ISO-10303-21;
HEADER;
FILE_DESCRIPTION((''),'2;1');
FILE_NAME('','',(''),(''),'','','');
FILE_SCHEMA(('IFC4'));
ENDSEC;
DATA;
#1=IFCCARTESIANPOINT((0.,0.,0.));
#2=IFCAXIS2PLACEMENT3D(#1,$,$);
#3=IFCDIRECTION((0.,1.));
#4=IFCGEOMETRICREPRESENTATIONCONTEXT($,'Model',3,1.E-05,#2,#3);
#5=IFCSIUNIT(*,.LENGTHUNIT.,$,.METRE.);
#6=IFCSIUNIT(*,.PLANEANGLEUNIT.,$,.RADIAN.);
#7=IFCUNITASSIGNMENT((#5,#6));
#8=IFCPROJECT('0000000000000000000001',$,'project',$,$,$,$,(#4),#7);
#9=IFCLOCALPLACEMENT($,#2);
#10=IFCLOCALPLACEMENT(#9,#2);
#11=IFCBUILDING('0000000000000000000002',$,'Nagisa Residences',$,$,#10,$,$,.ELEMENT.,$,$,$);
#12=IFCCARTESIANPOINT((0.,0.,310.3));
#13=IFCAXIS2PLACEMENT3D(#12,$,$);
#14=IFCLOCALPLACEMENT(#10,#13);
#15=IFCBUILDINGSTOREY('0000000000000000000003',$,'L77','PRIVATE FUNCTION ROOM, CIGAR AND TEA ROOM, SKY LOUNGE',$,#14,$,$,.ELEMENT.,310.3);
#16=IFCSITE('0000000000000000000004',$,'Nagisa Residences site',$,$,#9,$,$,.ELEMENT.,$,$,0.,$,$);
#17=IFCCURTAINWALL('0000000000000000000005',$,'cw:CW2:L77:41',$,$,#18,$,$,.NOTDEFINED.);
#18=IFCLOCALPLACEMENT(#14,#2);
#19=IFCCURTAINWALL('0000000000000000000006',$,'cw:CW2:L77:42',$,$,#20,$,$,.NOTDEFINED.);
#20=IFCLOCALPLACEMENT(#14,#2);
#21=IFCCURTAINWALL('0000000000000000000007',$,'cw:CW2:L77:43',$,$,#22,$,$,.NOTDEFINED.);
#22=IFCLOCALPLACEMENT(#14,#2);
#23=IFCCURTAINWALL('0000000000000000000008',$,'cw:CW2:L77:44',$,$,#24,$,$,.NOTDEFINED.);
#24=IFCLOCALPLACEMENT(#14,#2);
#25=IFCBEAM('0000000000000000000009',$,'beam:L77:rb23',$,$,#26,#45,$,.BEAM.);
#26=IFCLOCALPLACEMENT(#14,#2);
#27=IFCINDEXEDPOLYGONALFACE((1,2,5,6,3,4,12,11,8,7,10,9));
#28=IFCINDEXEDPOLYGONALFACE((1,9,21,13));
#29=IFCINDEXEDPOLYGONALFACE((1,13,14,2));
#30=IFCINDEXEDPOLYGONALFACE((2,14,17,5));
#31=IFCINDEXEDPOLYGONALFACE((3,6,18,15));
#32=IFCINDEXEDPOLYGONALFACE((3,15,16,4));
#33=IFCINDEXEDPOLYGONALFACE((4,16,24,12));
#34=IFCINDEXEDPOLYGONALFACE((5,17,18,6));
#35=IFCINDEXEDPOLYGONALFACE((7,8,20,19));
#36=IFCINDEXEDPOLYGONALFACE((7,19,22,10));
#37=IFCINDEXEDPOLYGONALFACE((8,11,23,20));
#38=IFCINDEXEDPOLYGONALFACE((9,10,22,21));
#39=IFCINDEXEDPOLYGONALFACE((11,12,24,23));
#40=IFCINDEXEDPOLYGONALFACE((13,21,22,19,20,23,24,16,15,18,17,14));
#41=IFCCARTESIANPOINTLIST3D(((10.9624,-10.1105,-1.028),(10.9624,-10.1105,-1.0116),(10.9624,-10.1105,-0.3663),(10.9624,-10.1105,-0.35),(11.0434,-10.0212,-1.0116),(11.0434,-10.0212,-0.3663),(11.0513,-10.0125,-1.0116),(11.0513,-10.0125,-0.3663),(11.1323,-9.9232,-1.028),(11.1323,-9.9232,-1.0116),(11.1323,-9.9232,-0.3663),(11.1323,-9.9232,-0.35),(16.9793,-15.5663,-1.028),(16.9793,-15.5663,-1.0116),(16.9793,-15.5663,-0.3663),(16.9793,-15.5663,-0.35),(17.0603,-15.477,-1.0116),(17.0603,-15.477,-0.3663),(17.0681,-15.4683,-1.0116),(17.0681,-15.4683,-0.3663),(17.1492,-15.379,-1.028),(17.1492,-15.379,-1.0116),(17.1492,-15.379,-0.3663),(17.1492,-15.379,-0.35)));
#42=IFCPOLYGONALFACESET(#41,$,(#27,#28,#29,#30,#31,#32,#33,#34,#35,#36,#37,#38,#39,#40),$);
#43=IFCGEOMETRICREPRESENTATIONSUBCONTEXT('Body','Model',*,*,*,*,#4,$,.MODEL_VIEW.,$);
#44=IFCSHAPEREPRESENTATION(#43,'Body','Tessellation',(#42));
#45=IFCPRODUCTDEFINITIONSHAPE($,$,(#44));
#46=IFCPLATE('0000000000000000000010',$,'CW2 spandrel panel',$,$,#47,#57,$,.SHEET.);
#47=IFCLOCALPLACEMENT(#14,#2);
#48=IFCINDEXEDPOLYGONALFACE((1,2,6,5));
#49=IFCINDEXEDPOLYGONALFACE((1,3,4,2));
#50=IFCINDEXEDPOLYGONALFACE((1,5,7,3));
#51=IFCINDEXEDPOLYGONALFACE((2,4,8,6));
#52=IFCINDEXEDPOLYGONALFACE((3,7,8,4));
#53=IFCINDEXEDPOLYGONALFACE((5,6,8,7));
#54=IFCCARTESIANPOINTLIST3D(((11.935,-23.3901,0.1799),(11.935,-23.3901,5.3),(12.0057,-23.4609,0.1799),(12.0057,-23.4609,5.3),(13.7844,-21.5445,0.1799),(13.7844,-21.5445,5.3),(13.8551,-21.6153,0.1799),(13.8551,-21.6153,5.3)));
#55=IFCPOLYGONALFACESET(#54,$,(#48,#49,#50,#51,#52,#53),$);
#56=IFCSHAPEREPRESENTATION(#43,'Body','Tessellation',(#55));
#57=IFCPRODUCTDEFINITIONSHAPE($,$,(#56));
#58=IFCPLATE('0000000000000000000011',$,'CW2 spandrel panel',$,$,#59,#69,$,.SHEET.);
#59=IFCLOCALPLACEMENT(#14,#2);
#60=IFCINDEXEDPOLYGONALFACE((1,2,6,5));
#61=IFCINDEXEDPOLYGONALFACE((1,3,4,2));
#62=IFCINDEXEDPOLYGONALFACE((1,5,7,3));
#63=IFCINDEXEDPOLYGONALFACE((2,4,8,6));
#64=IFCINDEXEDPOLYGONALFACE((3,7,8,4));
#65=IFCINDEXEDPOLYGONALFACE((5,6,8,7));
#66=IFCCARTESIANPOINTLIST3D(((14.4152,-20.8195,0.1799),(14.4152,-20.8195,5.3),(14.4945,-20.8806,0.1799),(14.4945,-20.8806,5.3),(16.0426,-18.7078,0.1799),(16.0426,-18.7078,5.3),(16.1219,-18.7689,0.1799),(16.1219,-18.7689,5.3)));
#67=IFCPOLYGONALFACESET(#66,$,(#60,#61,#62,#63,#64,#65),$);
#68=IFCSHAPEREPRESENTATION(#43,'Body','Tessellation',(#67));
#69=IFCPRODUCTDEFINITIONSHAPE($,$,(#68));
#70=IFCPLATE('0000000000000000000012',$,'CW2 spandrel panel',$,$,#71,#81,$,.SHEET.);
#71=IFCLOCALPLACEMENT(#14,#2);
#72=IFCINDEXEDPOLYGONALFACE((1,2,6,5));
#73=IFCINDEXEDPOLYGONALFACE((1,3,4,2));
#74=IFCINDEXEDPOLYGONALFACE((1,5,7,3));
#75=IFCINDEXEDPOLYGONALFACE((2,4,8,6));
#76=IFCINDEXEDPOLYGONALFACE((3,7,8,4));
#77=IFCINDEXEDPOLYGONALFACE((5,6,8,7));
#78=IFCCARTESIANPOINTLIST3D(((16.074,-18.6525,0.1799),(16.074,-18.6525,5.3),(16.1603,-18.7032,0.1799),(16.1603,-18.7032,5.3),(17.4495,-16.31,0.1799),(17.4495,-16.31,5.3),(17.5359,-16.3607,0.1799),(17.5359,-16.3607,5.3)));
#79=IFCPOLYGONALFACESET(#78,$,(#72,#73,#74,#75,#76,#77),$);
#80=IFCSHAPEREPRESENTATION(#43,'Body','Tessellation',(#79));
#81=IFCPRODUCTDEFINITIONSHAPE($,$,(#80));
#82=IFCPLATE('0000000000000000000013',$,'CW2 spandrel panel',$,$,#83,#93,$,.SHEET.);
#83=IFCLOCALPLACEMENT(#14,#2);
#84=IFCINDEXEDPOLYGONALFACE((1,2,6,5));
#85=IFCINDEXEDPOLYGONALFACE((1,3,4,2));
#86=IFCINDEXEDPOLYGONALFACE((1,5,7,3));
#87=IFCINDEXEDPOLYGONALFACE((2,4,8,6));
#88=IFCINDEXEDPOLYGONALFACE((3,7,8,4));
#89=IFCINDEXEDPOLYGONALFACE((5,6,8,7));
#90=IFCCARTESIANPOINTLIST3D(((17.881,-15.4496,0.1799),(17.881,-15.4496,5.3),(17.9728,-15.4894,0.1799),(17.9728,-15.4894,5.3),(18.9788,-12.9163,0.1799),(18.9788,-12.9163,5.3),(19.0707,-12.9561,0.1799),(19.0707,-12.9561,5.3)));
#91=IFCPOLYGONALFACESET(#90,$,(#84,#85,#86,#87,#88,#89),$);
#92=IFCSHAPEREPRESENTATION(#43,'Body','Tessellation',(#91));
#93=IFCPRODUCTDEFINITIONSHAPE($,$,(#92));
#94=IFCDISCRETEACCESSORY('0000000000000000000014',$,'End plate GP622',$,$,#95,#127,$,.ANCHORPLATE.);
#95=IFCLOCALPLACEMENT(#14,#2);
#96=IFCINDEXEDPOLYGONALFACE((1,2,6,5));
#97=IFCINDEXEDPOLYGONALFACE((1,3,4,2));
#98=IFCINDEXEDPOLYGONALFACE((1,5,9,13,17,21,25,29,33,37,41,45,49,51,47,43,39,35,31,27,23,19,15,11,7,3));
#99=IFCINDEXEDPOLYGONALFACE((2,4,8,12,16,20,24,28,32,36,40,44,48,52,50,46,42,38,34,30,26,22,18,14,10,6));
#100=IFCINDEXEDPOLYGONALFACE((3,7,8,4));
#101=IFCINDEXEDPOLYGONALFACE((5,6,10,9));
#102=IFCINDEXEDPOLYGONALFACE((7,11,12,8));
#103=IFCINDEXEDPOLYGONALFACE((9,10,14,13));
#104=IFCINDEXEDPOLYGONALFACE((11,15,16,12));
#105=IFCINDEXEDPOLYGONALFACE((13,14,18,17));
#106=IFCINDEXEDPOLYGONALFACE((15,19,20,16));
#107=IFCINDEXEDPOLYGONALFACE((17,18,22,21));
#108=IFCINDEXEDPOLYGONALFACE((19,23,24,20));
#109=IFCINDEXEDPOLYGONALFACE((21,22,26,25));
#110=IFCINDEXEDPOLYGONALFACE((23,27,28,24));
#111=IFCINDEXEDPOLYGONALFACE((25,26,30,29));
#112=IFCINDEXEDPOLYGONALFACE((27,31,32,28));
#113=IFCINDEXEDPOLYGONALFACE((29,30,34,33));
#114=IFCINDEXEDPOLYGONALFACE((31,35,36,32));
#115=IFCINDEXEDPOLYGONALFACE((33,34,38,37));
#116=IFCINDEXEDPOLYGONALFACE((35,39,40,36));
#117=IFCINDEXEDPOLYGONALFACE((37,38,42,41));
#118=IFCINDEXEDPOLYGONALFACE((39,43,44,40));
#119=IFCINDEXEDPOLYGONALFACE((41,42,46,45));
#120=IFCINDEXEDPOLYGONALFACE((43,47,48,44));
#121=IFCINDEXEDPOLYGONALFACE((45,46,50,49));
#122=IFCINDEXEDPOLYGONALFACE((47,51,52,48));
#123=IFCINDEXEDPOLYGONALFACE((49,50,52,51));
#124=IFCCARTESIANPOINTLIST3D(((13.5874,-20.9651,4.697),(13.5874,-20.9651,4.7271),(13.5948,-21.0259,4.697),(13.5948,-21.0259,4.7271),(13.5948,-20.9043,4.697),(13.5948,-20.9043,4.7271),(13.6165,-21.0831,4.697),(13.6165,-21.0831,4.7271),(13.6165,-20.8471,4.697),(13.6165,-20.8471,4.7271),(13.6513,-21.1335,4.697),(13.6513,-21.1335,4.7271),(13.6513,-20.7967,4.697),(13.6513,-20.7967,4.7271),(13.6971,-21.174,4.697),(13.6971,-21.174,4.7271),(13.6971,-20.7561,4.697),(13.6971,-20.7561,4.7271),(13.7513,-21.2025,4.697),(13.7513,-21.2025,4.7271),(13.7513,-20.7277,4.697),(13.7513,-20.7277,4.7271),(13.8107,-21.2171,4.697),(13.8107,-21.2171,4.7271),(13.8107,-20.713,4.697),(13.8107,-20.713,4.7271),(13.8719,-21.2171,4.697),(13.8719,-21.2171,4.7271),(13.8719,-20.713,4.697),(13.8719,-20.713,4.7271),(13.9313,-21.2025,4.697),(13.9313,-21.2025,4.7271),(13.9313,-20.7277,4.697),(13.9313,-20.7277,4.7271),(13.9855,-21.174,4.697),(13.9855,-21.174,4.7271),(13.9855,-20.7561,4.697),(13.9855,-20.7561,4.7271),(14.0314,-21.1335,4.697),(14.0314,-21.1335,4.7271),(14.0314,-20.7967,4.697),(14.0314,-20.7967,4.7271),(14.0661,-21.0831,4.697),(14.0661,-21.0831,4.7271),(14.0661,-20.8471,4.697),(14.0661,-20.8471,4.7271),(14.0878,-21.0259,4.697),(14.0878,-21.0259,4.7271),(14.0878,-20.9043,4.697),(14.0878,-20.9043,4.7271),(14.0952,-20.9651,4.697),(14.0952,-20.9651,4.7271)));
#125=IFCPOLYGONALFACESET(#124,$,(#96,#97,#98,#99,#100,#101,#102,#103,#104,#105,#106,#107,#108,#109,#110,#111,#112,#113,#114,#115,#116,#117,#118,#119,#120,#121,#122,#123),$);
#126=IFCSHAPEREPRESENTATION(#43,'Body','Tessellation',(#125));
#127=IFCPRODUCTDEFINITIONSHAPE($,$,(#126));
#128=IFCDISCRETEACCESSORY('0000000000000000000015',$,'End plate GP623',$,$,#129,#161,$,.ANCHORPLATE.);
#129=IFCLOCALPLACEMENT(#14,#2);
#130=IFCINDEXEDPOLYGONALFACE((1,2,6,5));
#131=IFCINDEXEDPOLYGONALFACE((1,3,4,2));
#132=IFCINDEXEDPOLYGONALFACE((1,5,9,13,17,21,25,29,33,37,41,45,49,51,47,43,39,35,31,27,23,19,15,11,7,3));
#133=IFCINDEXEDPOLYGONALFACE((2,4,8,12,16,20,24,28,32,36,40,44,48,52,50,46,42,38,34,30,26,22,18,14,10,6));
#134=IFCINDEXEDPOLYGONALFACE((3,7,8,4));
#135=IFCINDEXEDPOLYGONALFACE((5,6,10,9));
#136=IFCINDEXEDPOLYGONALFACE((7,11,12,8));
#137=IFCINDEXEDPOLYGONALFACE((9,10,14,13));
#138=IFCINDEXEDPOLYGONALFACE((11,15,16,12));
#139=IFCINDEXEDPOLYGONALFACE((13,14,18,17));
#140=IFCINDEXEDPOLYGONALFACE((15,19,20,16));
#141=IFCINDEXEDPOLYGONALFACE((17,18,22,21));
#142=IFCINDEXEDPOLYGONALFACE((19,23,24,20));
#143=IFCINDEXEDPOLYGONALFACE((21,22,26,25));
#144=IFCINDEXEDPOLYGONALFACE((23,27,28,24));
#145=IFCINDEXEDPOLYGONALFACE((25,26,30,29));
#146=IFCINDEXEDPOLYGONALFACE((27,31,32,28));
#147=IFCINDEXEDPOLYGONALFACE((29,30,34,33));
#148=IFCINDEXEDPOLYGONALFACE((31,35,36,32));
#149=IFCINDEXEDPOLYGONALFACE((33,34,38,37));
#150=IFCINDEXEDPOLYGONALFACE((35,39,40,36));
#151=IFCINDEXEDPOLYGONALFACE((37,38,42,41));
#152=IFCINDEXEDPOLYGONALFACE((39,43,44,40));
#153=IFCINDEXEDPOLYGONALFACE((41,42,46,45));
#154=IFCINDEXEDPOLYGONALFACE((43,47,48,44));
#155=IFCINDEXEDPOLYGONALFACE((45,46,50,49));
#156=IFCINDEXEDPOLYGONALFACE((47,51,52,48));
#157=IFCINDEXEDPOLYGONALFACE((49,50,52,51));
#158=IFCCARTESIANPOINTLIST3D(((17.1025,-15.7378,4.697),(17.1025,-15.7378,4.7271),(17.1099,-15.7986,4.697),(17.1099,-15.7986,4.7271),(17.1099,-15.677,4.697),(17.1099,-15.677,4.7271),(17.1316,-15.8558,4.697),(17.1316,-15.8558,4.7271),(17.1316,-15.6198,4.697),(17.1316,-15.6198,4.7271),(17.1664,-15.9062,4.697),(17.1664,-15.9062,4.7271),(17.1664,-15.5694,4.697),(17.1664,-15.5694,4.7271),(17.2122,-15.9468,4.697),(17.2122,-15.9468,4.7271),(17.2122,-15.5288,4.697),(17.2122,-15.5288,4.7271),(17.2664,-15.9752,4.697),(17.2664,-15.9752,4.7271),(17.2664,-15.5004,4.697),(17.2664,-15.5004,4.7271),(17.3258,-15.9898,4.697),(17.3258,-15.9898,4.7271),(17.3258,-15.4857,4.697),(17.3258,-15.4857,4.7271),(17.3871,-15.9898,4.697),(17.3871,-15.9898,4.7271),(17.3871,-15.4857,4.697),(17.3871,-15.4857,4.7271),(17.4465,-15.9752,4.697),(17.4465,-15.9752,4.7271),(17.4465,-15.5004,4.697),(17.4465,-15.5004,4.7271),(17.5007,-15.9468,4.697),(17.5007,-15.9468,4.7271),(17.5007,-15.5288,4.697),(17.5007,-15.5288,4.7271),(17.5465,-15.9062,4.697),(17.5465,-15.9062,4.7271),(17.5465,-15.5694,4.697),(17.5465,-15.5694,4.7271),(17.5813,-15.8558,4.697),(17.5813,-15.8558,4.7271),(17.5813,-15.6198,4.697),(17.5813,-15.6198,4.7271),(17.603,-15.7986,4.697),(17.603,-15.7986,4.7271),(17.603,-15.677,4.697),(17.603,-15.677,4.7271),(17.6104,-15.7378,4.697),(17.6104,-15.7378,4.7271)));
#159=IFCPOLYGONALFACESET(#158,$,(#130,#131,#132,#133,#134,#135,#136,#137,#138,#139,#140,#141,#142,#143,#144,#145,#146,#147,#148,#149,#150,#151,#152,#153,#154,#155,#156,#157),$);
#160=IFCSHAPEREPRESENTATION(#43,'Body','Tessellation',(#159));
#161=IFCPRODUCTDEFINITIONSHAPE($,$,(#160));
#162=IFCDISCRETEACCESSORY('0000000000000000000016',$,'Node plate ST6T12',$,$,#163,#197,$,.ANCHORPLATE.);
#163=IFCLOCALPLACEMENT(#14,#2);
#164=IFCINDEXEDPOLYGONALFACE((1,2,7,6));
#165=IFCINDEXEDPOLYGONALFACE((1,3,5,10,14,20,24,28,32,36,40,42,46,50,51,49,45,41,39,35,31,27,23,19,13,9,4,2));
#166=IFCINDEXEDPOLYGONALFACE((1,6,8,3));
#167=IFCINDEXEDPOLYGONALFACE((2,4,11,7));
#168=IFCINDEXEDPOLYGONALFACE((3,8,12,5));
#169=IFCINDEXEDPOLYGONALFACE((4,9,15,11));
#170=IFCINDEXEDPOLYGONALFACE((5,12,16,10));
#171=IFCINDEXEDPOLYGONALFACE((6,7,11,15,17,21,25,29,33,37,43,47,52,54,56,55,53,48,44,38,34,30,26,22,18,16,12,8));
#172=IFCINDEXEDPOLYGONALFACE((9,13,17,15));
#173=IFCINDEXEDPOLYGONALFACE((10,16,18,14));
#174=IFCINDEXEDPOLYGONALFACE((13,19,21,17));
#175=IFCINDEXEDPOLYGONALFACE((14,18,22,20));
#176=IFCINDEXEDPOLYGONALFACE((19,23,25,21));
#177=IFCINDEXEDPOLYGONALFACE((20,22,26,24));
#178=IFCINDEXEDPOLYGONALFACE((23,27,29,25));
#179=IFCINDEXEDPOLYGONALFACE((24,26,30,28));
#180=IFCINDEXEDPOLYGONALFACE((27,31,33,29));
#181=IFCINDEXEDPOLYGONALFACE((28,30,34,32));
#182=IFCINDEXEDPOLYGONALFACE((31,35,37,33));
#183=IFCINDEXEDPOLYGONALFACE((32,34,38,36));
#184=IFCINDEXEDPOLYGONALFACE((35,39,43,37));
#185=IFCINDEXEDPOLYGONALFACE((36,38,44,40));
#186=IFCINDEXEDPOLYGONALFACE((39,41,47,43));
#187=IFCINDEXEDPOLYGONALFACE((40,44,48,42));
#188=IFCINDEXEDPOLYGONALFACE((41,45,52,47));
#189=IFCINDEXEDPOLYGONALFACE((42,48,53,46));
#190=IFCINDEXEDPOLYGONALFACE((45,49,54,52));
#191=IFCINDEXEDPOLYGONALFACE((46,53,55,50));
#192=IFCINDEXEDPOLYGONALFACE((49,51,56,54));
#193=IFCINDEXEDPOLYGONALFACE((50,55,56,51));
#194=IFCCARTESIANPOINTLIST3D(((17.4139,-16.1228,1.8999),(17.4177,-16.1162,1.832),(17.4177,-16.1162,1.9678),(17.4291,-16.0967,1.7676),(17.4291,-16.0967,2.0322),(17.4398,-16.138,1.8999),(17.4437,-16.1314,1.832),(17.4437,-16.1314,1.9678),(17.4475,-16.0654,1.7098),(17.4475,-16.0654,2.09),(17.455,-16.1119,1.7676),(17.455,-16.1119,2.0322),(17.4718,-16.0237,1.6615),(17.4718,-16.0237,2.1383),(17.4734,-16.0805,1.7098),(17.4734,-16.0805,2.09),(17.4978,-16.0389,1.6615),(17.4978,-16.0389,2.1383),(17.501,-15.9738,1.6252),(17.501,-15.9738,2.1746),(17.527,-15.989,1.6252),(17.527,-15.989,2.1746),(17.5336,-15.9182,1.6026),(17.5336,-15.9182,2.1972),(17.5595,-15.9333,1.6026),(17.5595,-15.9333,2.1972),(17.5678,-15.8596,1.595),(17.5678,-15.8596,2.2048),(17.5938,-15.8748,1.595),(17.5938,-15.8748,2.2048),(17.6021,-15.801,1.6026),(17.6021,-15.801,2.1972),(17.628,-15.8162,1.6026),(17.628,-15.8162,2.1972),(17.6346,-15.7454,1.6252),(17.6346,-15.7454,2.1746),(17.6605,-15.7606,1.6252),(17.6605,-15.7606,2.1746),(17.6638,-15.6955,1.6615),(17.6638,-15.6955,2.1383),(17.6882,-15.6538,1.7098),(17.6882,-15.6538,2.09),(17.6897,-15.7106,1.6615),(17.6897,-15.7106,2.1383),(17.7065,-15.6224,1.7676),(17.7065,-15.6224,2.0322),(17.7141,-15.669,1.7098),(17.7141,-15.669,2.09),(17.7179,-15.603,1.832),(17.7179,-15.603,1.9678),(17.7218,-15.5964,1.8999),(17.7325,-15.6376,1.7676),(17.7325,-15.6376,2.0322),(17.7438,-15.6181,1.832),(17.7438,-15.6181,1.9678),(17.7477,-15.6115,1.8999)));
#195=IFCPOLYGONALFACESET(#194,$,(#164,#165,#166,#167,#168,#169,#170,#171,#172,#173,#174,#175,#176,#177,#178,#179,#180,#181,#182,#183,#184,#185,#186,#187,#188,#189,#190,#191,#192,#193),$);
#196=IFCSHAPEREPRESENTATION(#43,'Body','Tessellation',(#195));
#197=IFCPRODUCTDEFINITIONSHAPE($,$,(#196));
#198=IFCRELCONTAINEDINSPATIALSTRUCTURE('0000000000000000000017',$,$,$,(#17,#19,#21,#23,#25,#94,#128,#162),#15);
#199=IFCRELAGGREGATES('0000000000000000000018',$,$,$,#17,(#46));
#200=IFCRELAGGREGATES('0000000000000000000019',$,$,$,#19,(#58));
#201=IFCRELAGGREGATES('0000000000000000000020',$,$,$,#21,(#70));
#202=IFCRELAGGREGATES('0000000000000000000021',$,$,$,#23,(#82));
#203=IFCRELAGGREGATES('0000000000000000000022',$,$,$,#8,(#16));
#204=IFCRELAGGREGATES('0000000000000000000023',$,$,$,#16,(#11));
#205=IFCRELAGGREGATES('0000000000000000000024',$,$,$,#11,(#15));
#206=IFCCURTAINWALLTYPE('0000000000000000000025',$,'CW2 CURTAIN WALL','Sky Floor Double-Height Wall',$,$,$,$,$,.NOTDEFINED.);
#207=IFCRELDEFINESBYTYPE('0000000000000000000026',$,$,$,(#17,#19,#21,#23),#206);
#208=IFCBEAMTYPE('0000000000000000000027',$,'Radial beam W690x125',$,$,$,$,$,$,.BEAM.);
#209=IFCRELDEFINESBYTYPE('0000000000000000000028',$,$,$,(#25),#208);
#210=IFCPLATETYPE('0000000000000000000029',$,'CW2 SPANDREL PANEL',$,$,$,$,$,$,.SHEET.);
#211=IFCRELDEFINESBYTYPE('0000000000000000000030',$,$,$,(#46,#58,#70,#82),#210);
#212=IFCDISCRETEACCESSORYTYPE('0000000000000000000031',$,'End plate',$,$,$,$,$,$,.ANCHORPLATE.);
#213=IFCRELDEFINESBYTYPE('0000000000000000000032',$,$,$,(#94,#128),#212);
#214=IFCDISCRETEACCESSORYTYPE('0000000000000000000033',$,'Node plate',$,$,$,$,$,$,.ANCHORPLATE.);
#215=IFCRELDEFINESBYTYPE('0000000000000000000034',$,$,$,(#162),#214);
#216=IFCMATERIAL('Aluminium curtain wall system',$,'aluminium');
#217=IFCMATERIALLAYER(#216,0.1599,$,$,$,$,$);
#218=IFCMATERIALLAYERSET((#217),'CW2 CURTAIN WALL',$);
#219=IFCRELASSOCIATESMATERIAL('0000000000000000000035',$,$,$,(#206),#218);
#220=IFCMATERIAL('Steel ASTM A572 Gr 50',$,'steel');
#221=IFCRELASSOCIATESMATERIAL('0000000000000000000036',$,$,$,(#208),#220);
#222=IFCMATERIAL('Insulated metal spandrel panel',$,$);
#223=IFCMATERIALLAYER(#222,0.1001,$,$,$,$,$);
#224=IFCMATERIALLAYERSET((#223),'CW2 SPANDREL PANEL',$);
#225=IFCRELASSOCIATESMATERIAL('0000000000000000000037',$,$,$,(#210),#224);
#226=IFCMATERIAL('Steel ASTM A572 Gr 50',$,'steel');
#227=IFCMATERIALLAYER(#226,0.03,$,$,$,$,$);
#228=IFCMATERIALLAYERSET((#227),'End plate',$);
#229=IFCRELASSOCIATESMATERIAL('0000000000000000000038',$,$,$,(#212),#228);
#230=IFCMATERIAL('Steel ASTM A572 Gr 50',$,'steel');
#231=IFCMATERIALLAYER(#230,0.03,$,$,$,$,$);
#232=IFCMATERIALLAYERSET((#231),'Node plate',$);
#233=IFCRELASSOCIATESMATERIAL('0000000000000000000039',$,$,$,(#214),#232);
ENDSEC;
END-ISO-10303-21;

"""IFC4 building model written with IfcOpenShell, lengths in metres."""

from ifc_helpers import new_model, si_unit, direction, frame, origin, origin_2d, place, context, subcontext, project, spatial, rectangle, circle, i_section, extrude, material, layer, layer_set, material_profile, profile_set, type_object, element, aggregate, save


model = new_model("IFC4")

# Units and contexts
model_context = context("Model", 3, precision=1e-05, world=origin(), true_north=direction((0.0, 1.0)))
body_context = subcontext(model_context, "Body", "Model", "MODEL_VIEW")
ifc_project = project(units=[si_unit("LENGTHUNIT", "METRE"), si_unit("PLANEANGLEUNIT", "RADIAN")], contexts=[model_context])

# Site, building, storey
site_placement = place(None, origin())
site = spatial("IfcSite", under=ifc_project, at=site_placement, Name="Nagisa Residences site", CompositionType="ELEMENT", RefElevation=0.0)
building_placement = place(site_placement, origin())
building = spatial("IfcBuilding", under=site, at=building_placement, Name="Nagisa Residences", CompositionType="ELEMENT")
storey_placement = place(building_placement, frame((0.0, 0.0, 310.3)))
storey = spatial("IfcBuildingStorey", under=building, at=storey_placement, Name="L77", Description="PRIVATE FUNCTION ROOM, CIGAR AND TEA ROOM, SKY LOUNGE", CompositionType="ELEMENT", Elevation=310.3)

# Curtain walls
ifc_material_1 = material(Name="Aluminium curtain wall system", Category="aluminium")
ifc_layer_1 = layer(ifc_material_1, 0.1599)
ifc_layer_set_1 = layer_set([ifc_layer_1], Name="CW2 CURTAIN WALL")
curtain_wall_type = type_object("IfcCurtainWallType", Name="CW2 CURTAIN WALL", Description="Sky Floor Double-Height Wall", PredefinedType="NOTDEFINED", material=ifc_layer_set_1)
curtain_wall_1_placement = place(storey_placement, origin())
curtain_wall_1 = element("IfcCurtainWall", 1, at=curtain_wall_1_placement, inside=storey, type_object=curtain_wall_type, Name="cw:CW2:L77:41", PredefinedType="NOTDEFINED")
curtain_wall_2_placement = place(storey_placement, origin())
curtain_wall_2 = element("IfcCurtainWall", 2, at=curtain_wall_2_placement, inside=storey, type_object=curtain_wall_type, Name="cw:CW2:L77:42", PredefinedType="NOTDEFINED")
curtain_wall_3_placement = place(storey_placement, origin())
curtain_wall_3 = element("IfcCurtainWall", 3, at=curtain_wall_3_placement, inside=storey, type_object=curtain_wall_type, Name="cw:CW2:L77:43", PredefinedType="NOTDEFINED")
curtain_wall_4_placement = place(storey_placement, origin())
curtain_wall_4 = element("IfcCurtainWall", 4, at=curtain_wall_4_placement, inside=storey, type_object=curtain_wall_type, Name="cw:CW2:L77:44", PredefinedType="NOTDEFINED")

# Beam
ifc_material_2 = material(Name="Steel ASTM A572 Gr 50", Category="steel")
ifc_material_profile_1 = material_profile(ifc_material_2, i_section(OverallWidth=0.2529, OverallDepth=0.678, WebThickness=0.0117, FlangeThickness=0.0164, at=origin_2d()), Name="W690x125")
ifc_profile_set_1 = profile_set([ifc_material_profile_1], Name="Steel ASTM A572 Gr 50")
beam_type_1 = type_object("IfcBeamType", Name="Radial beam W690x125", PredefinedType="BEAM", material=ifc_profile_set_1)
beam_1_placement = place(storey_placement, frame((17.0642, -15.4727, -0.689), z_axis=(-0.7408, 0.671725, 0.0), x_axis=(-0.671725, -0.7408, 0.0)))
element("IfcBeam", 5, at=beam_1_placement, inside=storey, type_object=beam_type_1, Name="beam:L77:rb23", PredefinedType="BEAM", context=body_context, shape_type="SweptSolid", body=[
    extrude(i_section(OverallWidth=0.2529, OverallDepth=0.678, WebThickness=0.0117, FlangeThickness=0.0164, at=origin_2d()), origin(), (0.0, 0.0, 1.0), 8.1221),
])

# Plates
ifc_material_3 = material(Name="Insulated metal spandrel panel")
ifc_layer_2 = layer(ifc_material_3, 0.1001)
ifc_layer_set_2 = layer_set([ifc_layer_2], Name="CW2 SPANDREL PANEL")
plate_type = type_object("IfcPlateType", Name="CW2 SPANDREL PANEL", PredefinedType="SHEET", material=ifc_layer_set_2)
plate_1_placement = place(storey_placement, frame((12.895, -22.5027, 0.1799), z_axis=(0.0, 0.0, 1.0), x_axis=(0.707836, 0.706377, 0.0)))
plate_1 = element("IfcPlate", 6, at=plate_1_placement, type_object=plate_type, Name="CW2 spandrel panel", PredefinedType="SHEET", context=body_context, shape_type="SweptSolid", body=[
    extrude(rectangle(XDim=2.6128, YDim=0.1001, at=origin_2d()), origin(), (0.0, 0.0, 1.0), 5.1201),
])
aggregate(curtain_wall_1, [plate_1])
plate_2_placement = place(storey_placement, frame((15.2686, -19.7942, 0.1799), z_axis=(0.0, 0.0, 1.0), x_axis=(0.61043, 0.79207, 0.0)))
plate_2 = element("IfcPlate", 7, at=plate_2_placement, type_object=plate_type, Name="CW2 spandrel panel", PredefinedType="SHEET", context=body_context, shape_type="SweptSolid", body=[
    extrude(rectangle(XDim=2.666, YDim=0.1001, at=origin_2d()), origin(), (0.0, 0.0, 1.0), 5.1201),
])
aggregate(curtain_wall_2, [plate_2])
plate_3_placement = place(storey_placement, frame((16.8049, -17.5066, 0.1799), z_axis=(0.0, 0.0, 1.0), x_axis=(0.506349, 0.862329, 0.0)))
plate_3 = element("IfcPlate", 8, at=plate_3_placement, type_object=plate_type, Name="CW2 spandrel panel", PredefinedType="SHEET", context=body_context, shape_type="SweptSolid", body=[
    extrude(rectangle(XDim=2.7166, YDim=0.1001, at=origin_2d()), origin(), (0.0, 0.0, 1.0), 5.1201),
])
aggregate(curtain_wall_3, [plate_3])
plate_4_placement = place(storey_placement, frame((18.4758, -14.2029, 0.1799), z_axis=(0.0, 0.0, 1.0), x_axis=(0.397636, 0.917543, 0.0)))
plate_4 = element("IfcPlate", 9, at=plate_4_placement, type_object=plate_type, Name="CW2 spandrel panel", PredefinedType="SHEET", context=body_context, shape_type="SweptSolid", body=[
    extrude(rectangle(XDim=2.761, YDim=0.1001, at=origin_2d()), origin(), (0.0, 0.0, 1.0), 5.1201),
])
aggregate(curtain_wall_4, [plate_4])

# Discrete accessories
ifc_material_4 = material(Name="Steel ASTM A572 Gr 50", Category="steel")
ifc_layer_3 = layer(ifc_material_4, 0.03)
ifc_layer_set_3 = layer_set([ifc_layer_3], Name="End plate")
discrete_accessory_type_1 = type_object("IfcDiscreteAccessoryType", Name="End plate", PredefinedType="ANCHORPLATE", material=ifc_layer_set_3)
for number, where, z_axis, x_axis, name in (
    (10, (13.8413, -20.9651, 4.697), (0.0, 0.0, 1.0), (1.0, 0.0, 0.0), "End plate GP622"),
    (11, (17.3564, -15.7378, 4.697), (0.0, 0.0, 1.0), (1.0, 0.0, 0.0), "End plate GP623"),
):
    element("IfcDiscreteAccessory", number, at=place(storey_placement, frame(where, z_axis=z_axis, x_axis=x_axis)), inside=storey, type_object=discrete_accessory_type_1, Name=name, PredefinedType="ANCHORPLATE", context=body_context, shape_type="SweptSolid", body=[
        extrude(circle(Radius=0.2539, at=origin_2d()), origin(), (0.0, 0.0, 1.0), 0.03),
    ])
ifc_material_5 = material(Name="Steel ASTM A572 Gr 50", Category="steel")
ifc_layer_4 = layer(ifc_material_5, 0.03)
ifc_layer_set_4 = layer_set([ifc_layer_4], Name="Node plate")
discrete_accessory_type_2 = type_object("IfcDiscreteAccessoryType", Name="Node plate", PredefinedType="ANCHORPLATE", material=ifc_layer_set_4)
discrete_accessory_placement = place(storey_placement, frame((17.5938, -15.8748, 1.8999), z_axis=(-0.863188, 0.504883, 0.0), x_axis=(-0.504883, -0.863188, 0.0)))
element("IfcDiscreteAccessory", 12, at=discrete_accessory_placement, inside=storey, type_object=discrete_accessory_type_2, Name="Node plate ST6T12", PredefinedType="ANCHORPLATE", context=body_context, shape_type="SweptSolid", body=[
    extrude(circle(Radius=0.3049, at=origin_2d()), origin(), (0.0, 0.0, 1.0), 0.03),
])

save(model, "model.ifc")
